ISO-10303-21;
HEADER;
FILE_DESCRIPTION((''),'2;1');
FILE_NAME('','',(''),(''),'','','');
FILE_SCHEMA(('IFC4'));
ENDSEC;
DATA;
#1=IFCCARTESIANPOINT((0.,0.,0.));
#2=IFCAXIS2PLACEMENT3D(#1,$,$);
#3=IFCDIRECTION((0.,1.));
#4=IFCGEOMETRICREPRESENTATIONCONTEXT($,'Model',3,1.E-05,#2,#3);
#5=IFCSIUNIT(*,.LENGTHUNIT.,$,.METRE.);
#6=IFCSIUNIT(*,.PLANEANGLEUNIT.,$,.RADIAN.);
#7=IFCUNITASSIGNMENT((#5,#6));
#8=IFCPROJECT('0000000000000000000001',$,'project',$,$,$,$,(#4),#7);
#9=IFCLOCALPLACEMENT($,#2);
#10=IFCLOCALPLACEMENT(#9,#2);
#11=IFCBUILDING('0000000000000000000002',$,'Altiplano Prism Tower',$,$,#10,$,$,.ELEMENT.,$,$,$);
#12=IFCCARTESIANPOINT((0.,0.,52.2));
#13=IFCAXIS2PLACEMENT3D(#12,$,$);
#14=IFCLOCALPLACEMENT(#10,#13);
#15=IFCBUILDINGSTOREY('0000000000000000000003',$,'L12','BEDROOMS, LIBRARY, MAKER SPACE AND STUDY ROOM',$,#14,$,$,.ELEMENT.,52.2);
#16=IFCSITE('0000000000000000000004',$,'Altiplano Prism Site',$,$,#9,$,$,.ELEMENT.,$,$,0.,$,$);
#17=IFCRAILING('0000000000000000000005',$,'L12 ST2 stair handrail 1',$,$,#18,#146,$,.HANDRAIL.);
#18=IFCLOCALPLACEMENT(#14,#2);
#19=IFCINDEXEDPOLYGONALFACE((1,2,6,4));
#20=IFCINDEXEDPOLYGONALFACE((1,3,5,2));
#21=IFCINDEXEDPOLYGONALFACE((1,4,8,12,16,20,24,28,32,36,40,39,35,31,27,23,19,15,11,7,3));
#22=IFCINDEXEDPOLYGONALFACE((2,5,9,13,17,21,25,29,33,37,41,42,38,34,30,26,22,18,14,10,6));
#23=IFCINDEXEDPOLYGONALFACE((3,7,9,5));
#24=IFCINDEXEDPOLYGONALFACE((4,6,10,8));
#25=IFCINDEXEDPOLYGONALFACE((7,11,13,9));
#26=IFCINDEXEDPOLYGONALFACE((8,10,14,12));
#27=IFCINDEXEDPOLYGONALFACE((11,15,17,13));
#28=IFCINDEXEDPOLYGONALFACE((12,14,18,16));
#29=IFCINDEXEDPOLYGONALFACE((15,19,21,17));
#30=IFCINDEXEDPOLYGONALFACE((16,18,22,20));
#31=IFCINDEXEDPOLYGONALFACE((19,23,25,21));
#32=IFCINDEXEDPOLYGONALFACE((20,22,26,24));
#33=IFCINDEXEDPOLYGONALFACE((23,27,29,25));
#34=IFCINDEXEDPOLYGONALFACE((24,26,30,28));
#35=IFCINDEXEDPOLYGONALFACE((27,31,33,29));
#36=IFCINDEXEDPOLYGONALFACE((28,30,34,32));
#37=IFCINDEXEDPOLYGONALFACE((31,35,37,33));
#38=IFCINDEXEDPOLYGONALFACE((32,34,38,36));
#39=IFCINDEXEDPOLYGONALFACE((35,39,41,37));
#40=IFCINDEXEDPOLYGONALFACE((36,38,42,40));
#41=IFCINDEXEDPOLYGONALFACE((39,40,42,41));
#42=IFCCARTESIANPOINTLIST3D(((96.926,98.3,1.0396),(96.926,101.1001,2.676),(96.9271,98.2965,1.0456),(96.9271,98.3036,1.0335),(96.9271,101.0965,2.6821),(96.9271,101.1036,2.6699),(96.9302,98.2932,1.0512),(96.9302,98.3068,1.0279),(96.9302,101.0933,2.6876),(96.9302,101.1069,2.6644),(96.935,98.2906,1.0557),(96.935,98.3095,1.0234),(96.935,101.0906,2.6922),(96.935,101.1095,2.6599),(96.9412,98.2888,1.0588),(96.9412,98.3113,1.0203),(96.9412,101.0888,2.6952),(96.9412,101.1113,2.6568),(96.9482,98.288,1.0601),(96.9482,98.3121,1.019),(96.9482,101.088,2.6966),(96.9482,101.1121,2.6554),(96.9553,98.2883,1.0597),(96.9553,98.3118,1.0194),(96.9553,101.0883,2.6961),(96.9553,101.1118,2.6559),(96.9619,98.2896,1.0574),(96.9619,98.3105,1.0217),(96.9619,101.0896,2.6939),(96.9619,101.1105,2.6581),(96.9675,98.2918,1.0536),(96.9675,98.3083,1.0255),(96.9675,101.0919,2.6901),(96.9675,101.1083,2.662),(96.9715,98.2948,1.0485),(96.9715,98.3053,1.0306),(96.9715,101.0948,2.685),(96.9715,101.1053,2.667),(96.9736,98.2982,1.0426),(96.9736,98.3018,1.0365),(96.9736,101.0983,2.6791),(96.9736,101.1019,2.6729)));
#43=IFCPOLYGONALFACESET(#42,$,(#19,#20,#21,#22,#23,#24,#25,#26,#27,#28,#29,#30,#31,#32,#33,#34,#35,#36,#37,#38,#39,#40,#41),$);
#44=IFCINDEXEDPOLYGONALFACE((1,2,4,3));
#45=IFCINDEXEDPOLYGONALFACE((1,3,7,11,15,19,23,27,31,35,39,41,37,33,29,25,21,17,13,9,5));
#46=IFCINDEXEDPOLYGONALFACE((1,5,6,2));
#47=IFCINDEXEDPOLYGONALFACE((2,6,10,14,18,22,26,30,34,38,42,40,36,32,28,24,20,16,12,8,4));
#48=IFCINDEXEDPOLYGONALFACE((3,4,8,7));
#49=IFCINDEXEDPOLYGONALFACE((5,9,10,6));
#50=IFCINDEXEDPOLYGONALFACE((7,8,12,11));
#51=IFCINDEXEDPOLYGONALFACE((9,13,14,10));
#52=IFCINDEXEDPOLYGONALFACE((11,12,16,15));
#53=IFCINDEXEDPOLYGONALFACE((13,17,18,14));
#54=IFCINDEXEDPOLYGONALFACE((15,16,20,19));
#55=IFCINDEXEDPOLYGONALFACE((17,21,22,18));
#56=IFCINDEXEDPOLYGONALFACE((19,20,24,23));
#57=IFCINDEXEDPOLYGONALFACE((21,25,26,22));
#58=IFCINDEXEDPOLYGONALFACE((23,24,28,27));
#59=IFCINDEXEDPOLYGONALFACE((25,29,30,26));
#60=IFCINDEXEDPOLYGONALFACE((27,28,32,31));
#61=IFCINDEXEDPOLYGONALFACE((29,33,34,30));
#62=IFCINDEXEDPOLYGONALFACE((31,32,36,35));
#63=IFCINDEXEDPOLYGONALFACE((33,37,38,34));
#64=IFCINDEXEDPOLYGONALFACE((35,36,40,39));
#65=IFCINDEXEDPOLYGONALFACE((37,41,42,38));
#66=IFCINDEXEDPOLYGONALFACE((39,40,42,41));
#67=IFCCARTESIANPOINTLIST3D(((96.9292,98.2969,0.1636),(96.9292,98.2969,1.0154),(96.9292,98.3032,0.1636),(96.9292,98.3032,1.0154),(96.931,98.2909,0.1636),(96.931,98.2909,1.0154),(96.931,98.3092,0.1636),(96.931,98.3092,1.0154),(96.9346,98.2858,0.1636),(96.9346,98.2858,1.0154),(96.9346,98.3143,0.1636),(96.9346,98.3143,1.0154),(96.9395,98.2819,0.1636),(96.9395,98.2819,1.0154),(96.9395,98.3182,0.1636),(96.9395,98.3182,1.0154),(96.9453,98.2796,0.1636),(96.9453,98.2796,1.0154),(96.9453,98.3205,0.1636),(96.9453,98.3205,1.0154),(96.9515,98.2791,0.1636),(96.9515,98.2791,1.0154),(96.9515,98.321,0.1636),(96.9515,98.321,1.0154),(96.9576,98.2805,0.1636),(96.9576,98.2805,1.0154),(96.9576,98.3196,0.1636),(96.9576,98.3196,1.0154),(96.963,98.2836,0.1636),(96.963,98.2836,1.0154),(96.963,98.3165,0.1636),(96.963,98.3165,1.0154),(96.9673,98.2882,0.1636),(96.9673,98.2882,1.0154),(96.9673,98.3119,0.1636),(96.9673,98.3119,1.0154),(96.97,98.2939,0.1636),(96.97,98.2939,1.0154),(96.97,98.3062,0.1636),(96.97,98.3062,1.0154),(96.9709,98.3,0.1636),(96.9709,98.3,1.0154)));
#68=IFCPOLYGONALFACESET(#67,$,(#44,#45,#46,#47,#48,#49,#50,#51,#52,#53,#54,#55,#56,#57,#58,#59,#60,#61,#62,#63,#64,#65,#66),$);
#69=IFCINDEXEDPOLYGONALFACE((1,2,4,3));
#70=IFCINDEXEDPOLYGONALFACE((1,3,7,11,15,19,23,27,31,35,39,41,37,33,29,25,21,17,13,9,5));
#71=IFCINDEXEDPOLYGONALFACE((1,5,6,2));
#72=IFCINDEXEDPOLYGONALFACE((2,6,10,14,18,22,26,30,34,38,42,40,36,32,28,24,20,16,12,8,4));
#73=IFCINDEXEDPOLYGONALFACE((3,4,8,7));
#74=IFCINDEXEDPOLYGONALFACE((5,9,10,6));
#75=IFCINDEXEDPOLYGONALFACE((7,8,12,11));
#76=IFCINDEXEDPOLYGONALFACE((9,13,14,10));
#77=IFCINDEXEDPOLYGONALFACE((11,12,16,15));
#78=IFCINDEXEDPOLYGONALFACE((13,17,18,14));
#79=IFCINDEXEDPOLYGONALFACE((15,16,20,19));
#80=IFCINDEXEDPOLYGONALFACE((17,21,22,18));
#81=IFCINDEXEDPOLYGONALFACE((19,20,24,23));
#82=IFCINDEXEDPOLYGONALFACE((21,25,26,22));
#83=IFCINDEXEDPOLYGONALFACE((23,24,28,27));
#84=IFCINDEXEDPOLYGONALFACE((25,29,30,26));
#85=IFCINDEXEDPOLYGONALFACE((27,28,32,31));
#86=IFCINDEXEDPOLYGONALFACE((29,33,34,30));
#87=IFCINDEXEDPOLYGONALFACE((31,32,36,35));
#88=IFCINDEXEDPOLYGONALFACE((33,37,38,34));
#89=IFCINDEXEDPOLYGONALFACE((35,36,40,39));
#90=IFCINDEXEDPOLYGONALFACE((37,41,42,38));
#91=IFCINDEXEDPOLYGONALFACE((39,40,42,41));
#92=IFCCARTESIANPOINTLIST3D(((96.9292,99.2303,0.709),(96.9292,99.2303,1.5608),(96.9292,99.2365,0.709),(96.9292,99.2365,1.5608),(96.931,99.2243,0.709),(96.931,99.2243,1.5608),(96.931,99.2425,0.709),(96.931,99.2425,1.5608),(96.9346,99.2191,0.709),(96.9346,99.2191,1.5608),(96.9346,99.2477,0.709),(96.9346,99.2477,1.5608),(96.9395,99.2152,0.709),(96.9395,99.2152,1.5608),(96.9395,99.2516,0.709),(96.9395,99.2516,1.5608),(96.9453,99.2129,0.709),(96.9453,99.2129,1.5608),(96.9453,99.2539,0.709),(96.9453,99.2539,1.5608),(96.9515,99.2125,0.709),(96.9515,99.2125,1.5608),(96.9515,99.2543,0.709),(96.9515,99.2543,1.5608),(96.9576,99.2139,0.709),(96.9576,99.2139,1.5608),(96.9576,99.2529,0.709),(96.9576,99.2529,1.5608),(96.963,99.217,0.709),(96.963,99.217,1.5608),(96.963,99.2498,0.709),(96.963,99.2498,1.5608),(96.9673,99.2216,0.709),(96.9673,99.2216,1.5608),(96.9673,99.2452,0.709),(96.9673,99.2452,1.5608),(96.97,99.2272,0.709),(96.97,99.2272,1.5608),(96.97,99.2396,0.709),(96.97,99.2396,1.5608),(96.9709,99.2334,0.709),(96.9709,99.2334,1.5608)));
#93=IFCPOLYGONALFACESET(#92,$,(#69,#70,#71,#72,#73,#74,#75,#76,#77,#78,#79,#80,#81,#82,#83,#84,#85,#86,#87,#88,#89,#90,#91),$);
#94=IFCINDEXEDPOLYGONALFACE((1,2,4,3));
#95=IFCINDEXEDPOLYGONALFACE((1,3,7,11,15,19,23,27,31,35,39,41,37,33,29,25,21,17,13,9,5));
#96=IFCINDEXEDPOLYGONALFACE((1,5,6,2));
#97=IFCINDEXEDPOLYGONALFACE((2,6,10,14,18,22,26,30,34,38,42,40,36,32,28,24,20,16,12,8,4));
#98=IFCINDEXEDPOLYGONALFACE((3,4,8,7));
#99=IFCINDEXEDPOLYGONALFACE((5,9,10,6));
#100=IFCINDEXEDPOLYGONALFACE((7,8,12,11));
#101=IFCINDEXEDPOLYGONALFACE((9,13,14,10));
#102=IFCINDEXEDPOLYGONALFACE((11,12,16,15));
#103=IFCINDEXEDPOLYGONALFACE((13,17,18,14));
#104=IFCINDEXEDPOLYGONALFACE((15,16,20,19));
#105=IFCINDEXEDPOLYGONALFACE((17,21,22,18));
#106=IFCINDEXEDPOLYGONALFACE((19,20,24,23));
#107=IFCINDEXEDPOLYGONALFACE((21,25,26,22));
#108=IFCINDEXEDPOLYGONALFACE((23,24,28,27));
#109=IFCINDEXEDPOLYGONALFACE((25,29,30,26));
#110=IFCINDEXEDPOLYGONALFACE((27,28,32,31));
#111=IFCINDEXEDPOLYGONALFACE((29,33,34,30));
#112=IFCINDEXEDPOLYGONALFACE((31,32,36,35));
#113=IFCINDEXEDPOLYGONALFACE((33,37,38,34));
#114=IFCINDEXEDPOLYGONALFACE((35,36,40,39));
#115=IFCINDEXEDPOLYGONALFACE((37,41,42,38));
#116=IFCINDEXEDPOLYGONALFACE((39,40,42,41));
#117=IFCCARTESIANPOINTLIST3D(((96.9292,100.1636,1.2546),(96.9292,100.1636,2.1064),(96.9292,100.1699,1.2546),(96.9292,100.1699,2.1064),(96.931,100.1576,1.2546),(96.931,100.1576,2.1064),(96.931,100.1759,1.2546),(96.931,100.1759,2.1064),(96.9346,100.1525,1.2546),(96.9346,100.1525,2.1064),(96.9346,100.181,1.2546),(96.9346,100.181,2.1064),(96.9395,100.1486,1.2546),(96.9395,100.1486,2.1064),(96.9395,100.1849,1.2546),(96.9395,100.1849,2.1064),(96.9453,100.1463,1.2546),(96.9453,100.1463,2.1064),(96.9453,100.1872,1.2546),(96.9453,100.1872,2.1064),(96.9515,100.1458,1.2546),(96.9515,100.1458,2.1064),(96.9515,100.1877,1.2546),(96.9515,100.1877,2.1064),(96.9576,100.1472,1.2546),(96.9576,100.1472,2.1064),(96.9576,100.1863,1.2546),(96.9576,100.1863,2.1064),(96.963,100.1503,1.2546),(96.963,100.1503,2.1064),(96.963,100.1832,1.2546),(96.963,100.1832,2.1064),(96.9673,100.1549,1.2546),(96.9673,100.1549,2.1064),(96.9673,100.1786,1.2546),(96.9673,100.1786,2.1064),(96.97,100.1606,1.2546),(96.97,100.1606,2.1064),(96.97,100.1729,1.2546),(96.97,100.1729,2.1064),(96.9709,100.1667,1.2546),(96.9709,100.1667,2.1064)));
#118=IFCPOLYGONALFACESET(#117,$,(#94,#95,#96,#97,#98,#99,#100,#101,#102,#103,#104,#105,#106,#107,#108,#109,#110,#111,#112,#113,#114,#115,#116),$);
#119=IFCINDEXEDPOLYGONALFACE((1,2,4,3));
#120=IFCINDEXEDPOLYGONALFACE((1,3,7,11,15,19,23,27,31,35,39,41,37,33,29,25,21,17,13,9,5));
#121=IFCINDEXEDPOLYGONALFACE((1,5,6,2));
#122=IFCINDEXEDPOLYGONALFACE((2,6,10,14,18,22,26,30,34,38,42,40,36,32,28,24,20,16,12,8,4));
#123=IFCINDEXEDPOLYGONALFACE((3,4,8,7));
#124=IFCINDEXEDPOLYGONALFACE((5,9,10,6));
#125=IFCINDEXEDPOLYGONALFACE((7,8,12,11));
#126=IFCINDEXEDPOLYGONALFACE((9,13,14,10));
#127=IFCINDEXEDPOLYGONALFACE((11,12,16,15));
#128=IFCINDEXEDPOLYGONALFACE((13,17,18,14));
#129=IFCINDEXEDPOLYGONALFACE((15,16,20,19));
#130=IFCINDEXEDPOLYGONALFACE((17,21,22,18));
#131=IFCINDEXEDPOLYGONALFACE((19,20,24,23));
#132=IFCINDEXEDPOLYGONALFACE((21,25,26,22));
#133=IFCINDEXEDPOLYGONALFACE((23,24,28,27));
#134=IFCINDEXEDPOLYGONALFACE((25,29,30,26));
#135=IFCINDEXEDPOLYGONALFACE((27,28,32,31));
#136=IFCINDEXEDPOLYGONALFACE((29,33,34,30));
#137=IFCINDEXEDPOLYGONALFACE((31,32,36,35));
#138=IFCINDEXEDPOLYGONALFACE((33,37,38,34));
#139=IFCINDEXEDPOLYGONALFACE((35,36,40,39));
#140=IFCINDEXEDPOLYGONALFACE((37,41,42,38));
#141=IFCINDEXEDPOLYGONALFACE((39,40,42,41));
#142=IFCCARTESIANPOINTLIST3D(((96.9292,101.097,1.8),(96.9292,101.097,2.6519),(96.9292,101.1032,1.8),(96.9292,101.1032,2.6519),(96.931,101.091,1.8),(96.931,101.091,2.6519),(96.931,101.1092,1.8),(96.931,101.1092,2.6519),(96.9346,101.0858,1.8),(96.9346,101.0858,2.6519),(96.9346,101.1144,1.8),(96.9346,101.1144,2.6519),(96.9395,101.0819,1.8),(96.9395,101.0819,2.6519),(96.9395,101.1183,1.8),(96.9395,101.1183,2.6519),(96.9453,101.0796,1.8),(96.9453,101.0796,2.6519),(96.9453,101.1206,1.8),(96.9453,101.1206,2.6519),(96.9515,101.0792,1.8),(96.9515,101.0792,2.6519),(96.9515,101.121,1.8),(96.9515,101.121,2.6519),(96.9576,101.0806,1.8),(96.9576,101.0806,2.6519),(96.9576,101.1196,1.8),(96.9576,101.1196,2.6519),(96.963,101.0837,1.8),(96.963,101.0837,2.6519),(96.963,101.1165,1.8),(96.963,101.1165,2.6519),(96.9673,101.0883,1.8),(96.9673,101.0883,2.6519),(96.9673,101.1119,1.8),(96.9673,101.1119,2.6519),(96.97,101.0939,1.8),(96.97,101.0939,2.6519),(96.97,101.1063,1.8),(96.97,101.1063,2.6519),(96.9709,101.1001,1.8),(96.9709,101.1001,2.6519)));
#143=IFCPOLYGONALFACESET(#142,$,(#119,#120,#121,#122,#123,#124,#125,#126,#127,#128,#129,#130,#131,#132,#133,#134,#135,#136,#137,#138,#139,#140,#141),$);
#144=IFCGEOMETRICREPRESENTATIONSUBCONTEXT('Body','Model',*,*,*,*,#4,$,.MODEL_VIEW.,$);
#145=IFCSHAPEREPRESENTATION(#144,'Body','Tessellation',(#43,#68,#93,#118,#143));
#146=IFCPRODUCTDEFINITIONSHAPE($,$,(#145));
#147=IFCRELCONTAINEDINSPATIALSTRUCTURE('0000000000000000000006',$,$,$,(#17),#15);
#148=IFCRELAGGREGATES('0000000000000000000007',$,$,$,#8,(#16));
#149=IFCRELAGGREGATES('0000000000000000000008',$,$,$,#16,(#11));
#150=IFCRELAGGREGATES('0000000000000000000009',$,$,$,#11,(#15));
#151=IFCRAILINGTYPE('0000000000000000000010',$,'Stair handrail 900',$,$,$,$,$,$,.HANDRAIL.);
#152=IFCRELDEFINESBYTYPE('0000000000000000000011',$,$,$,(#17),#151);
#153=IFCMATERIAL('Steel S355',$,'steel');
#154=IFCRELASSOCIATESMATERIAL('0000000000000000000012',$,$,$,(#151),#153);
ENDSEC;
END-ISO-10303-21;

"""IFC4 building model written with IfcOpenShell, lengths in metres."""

from ifc_helpers import new_model, si_unit, direction, frame, origin, origin_2d, place, context, subcontext, project, spatial, circle, extrude, material, type_object, element, save


model = new_model("IFC4")

# Units and contexts
model_context = context("Model", 3, precision=1e-05, world=origin(), true_north=direction((0.0, 1.0)))
body_context = subcontext(model_context, "Body", "Model", "MODEL_VIEW")
ifc_project = project(units=[si_unit("LENGTHUNIT", "METRE"), si_unit("PLANEANGLEUNIT", "RADIAN")], contexts=[model_context])

# Site, building, storey
site_placement = place(None, origin())
site = spatial("IfcSite", under=ifc_project, at=site_placement, Name="Altiplano Prism Site", CompositionType="ELEMENT", RefElevation=0.0)
building_placement = place(site_placement, origin())
building = spatial("IfcBuilding", under=site, at=building_placement, Name="Altiplano Prism Tower", CompositionType="ELEMENT")
storey_placement = place(building_placement, frame((0.0, 0.0, 52.2)))
storey = spatial("IfcBuildingStorey", under=building, at=storey_placement, Name="L12", Description="BEDROOMS, LIBRARY, MAKER SPACE AND STUDY ROOM", CompositionType="ELEMENT", Elevation=52.2)

# Railing
ifc_material_1 = material(Name="Steel S355", Category="steel")
railing_type_1 = type_object("IfcRailingType", Name="Stair handrail 900", PredefinedType="HANDRAIL", material=ifc_material_1)
railing_1_placement = place(storey_placement, frame((96.95, 98.3, 0.1636)))
element("IfcRailing", 1, at=railing_1_placement, inside=storey, type_object=railing_type_1, Name="L12 ST2 stair handrail 1", PredefinedType="HANDRAIL", context=body_context, shape_type="SweptSolid", body=[
    extrude(circle(Radius=0.0239, at=origin_2d()), frame((0.0, 0.0, 0.876), z_axis=(0.0, 0.863361, 0.504587), x_axis=(-1.0, 0.0, 0.0)), (0.0, 0.0, 1.0), 3.2432),
    extrude(circle(Radius=0.021, at=origin_2d()), origin(), (0.0, 0.0, 1.0), 0.8518),
    extrude(circle(Radius=0.021, at=origin_2d()), frame((0.0, 0.9333, 0.5454)), (0.0, 0.0, 1.0), 0.8518),
    extrude(circle(Radius=0.021, at=origin_2d()), frame((0.0, 1.8667, 1.0911)), (0.0, 0.0, 1.0), 0.8518),
    extrude(circle(Radius=0.021, at=origin_2d()), frame((0.0, 2.8, 1.6365)), (0.0, 0.0, 1.0), 0.8518),
])

save(model, "model.ifc")
